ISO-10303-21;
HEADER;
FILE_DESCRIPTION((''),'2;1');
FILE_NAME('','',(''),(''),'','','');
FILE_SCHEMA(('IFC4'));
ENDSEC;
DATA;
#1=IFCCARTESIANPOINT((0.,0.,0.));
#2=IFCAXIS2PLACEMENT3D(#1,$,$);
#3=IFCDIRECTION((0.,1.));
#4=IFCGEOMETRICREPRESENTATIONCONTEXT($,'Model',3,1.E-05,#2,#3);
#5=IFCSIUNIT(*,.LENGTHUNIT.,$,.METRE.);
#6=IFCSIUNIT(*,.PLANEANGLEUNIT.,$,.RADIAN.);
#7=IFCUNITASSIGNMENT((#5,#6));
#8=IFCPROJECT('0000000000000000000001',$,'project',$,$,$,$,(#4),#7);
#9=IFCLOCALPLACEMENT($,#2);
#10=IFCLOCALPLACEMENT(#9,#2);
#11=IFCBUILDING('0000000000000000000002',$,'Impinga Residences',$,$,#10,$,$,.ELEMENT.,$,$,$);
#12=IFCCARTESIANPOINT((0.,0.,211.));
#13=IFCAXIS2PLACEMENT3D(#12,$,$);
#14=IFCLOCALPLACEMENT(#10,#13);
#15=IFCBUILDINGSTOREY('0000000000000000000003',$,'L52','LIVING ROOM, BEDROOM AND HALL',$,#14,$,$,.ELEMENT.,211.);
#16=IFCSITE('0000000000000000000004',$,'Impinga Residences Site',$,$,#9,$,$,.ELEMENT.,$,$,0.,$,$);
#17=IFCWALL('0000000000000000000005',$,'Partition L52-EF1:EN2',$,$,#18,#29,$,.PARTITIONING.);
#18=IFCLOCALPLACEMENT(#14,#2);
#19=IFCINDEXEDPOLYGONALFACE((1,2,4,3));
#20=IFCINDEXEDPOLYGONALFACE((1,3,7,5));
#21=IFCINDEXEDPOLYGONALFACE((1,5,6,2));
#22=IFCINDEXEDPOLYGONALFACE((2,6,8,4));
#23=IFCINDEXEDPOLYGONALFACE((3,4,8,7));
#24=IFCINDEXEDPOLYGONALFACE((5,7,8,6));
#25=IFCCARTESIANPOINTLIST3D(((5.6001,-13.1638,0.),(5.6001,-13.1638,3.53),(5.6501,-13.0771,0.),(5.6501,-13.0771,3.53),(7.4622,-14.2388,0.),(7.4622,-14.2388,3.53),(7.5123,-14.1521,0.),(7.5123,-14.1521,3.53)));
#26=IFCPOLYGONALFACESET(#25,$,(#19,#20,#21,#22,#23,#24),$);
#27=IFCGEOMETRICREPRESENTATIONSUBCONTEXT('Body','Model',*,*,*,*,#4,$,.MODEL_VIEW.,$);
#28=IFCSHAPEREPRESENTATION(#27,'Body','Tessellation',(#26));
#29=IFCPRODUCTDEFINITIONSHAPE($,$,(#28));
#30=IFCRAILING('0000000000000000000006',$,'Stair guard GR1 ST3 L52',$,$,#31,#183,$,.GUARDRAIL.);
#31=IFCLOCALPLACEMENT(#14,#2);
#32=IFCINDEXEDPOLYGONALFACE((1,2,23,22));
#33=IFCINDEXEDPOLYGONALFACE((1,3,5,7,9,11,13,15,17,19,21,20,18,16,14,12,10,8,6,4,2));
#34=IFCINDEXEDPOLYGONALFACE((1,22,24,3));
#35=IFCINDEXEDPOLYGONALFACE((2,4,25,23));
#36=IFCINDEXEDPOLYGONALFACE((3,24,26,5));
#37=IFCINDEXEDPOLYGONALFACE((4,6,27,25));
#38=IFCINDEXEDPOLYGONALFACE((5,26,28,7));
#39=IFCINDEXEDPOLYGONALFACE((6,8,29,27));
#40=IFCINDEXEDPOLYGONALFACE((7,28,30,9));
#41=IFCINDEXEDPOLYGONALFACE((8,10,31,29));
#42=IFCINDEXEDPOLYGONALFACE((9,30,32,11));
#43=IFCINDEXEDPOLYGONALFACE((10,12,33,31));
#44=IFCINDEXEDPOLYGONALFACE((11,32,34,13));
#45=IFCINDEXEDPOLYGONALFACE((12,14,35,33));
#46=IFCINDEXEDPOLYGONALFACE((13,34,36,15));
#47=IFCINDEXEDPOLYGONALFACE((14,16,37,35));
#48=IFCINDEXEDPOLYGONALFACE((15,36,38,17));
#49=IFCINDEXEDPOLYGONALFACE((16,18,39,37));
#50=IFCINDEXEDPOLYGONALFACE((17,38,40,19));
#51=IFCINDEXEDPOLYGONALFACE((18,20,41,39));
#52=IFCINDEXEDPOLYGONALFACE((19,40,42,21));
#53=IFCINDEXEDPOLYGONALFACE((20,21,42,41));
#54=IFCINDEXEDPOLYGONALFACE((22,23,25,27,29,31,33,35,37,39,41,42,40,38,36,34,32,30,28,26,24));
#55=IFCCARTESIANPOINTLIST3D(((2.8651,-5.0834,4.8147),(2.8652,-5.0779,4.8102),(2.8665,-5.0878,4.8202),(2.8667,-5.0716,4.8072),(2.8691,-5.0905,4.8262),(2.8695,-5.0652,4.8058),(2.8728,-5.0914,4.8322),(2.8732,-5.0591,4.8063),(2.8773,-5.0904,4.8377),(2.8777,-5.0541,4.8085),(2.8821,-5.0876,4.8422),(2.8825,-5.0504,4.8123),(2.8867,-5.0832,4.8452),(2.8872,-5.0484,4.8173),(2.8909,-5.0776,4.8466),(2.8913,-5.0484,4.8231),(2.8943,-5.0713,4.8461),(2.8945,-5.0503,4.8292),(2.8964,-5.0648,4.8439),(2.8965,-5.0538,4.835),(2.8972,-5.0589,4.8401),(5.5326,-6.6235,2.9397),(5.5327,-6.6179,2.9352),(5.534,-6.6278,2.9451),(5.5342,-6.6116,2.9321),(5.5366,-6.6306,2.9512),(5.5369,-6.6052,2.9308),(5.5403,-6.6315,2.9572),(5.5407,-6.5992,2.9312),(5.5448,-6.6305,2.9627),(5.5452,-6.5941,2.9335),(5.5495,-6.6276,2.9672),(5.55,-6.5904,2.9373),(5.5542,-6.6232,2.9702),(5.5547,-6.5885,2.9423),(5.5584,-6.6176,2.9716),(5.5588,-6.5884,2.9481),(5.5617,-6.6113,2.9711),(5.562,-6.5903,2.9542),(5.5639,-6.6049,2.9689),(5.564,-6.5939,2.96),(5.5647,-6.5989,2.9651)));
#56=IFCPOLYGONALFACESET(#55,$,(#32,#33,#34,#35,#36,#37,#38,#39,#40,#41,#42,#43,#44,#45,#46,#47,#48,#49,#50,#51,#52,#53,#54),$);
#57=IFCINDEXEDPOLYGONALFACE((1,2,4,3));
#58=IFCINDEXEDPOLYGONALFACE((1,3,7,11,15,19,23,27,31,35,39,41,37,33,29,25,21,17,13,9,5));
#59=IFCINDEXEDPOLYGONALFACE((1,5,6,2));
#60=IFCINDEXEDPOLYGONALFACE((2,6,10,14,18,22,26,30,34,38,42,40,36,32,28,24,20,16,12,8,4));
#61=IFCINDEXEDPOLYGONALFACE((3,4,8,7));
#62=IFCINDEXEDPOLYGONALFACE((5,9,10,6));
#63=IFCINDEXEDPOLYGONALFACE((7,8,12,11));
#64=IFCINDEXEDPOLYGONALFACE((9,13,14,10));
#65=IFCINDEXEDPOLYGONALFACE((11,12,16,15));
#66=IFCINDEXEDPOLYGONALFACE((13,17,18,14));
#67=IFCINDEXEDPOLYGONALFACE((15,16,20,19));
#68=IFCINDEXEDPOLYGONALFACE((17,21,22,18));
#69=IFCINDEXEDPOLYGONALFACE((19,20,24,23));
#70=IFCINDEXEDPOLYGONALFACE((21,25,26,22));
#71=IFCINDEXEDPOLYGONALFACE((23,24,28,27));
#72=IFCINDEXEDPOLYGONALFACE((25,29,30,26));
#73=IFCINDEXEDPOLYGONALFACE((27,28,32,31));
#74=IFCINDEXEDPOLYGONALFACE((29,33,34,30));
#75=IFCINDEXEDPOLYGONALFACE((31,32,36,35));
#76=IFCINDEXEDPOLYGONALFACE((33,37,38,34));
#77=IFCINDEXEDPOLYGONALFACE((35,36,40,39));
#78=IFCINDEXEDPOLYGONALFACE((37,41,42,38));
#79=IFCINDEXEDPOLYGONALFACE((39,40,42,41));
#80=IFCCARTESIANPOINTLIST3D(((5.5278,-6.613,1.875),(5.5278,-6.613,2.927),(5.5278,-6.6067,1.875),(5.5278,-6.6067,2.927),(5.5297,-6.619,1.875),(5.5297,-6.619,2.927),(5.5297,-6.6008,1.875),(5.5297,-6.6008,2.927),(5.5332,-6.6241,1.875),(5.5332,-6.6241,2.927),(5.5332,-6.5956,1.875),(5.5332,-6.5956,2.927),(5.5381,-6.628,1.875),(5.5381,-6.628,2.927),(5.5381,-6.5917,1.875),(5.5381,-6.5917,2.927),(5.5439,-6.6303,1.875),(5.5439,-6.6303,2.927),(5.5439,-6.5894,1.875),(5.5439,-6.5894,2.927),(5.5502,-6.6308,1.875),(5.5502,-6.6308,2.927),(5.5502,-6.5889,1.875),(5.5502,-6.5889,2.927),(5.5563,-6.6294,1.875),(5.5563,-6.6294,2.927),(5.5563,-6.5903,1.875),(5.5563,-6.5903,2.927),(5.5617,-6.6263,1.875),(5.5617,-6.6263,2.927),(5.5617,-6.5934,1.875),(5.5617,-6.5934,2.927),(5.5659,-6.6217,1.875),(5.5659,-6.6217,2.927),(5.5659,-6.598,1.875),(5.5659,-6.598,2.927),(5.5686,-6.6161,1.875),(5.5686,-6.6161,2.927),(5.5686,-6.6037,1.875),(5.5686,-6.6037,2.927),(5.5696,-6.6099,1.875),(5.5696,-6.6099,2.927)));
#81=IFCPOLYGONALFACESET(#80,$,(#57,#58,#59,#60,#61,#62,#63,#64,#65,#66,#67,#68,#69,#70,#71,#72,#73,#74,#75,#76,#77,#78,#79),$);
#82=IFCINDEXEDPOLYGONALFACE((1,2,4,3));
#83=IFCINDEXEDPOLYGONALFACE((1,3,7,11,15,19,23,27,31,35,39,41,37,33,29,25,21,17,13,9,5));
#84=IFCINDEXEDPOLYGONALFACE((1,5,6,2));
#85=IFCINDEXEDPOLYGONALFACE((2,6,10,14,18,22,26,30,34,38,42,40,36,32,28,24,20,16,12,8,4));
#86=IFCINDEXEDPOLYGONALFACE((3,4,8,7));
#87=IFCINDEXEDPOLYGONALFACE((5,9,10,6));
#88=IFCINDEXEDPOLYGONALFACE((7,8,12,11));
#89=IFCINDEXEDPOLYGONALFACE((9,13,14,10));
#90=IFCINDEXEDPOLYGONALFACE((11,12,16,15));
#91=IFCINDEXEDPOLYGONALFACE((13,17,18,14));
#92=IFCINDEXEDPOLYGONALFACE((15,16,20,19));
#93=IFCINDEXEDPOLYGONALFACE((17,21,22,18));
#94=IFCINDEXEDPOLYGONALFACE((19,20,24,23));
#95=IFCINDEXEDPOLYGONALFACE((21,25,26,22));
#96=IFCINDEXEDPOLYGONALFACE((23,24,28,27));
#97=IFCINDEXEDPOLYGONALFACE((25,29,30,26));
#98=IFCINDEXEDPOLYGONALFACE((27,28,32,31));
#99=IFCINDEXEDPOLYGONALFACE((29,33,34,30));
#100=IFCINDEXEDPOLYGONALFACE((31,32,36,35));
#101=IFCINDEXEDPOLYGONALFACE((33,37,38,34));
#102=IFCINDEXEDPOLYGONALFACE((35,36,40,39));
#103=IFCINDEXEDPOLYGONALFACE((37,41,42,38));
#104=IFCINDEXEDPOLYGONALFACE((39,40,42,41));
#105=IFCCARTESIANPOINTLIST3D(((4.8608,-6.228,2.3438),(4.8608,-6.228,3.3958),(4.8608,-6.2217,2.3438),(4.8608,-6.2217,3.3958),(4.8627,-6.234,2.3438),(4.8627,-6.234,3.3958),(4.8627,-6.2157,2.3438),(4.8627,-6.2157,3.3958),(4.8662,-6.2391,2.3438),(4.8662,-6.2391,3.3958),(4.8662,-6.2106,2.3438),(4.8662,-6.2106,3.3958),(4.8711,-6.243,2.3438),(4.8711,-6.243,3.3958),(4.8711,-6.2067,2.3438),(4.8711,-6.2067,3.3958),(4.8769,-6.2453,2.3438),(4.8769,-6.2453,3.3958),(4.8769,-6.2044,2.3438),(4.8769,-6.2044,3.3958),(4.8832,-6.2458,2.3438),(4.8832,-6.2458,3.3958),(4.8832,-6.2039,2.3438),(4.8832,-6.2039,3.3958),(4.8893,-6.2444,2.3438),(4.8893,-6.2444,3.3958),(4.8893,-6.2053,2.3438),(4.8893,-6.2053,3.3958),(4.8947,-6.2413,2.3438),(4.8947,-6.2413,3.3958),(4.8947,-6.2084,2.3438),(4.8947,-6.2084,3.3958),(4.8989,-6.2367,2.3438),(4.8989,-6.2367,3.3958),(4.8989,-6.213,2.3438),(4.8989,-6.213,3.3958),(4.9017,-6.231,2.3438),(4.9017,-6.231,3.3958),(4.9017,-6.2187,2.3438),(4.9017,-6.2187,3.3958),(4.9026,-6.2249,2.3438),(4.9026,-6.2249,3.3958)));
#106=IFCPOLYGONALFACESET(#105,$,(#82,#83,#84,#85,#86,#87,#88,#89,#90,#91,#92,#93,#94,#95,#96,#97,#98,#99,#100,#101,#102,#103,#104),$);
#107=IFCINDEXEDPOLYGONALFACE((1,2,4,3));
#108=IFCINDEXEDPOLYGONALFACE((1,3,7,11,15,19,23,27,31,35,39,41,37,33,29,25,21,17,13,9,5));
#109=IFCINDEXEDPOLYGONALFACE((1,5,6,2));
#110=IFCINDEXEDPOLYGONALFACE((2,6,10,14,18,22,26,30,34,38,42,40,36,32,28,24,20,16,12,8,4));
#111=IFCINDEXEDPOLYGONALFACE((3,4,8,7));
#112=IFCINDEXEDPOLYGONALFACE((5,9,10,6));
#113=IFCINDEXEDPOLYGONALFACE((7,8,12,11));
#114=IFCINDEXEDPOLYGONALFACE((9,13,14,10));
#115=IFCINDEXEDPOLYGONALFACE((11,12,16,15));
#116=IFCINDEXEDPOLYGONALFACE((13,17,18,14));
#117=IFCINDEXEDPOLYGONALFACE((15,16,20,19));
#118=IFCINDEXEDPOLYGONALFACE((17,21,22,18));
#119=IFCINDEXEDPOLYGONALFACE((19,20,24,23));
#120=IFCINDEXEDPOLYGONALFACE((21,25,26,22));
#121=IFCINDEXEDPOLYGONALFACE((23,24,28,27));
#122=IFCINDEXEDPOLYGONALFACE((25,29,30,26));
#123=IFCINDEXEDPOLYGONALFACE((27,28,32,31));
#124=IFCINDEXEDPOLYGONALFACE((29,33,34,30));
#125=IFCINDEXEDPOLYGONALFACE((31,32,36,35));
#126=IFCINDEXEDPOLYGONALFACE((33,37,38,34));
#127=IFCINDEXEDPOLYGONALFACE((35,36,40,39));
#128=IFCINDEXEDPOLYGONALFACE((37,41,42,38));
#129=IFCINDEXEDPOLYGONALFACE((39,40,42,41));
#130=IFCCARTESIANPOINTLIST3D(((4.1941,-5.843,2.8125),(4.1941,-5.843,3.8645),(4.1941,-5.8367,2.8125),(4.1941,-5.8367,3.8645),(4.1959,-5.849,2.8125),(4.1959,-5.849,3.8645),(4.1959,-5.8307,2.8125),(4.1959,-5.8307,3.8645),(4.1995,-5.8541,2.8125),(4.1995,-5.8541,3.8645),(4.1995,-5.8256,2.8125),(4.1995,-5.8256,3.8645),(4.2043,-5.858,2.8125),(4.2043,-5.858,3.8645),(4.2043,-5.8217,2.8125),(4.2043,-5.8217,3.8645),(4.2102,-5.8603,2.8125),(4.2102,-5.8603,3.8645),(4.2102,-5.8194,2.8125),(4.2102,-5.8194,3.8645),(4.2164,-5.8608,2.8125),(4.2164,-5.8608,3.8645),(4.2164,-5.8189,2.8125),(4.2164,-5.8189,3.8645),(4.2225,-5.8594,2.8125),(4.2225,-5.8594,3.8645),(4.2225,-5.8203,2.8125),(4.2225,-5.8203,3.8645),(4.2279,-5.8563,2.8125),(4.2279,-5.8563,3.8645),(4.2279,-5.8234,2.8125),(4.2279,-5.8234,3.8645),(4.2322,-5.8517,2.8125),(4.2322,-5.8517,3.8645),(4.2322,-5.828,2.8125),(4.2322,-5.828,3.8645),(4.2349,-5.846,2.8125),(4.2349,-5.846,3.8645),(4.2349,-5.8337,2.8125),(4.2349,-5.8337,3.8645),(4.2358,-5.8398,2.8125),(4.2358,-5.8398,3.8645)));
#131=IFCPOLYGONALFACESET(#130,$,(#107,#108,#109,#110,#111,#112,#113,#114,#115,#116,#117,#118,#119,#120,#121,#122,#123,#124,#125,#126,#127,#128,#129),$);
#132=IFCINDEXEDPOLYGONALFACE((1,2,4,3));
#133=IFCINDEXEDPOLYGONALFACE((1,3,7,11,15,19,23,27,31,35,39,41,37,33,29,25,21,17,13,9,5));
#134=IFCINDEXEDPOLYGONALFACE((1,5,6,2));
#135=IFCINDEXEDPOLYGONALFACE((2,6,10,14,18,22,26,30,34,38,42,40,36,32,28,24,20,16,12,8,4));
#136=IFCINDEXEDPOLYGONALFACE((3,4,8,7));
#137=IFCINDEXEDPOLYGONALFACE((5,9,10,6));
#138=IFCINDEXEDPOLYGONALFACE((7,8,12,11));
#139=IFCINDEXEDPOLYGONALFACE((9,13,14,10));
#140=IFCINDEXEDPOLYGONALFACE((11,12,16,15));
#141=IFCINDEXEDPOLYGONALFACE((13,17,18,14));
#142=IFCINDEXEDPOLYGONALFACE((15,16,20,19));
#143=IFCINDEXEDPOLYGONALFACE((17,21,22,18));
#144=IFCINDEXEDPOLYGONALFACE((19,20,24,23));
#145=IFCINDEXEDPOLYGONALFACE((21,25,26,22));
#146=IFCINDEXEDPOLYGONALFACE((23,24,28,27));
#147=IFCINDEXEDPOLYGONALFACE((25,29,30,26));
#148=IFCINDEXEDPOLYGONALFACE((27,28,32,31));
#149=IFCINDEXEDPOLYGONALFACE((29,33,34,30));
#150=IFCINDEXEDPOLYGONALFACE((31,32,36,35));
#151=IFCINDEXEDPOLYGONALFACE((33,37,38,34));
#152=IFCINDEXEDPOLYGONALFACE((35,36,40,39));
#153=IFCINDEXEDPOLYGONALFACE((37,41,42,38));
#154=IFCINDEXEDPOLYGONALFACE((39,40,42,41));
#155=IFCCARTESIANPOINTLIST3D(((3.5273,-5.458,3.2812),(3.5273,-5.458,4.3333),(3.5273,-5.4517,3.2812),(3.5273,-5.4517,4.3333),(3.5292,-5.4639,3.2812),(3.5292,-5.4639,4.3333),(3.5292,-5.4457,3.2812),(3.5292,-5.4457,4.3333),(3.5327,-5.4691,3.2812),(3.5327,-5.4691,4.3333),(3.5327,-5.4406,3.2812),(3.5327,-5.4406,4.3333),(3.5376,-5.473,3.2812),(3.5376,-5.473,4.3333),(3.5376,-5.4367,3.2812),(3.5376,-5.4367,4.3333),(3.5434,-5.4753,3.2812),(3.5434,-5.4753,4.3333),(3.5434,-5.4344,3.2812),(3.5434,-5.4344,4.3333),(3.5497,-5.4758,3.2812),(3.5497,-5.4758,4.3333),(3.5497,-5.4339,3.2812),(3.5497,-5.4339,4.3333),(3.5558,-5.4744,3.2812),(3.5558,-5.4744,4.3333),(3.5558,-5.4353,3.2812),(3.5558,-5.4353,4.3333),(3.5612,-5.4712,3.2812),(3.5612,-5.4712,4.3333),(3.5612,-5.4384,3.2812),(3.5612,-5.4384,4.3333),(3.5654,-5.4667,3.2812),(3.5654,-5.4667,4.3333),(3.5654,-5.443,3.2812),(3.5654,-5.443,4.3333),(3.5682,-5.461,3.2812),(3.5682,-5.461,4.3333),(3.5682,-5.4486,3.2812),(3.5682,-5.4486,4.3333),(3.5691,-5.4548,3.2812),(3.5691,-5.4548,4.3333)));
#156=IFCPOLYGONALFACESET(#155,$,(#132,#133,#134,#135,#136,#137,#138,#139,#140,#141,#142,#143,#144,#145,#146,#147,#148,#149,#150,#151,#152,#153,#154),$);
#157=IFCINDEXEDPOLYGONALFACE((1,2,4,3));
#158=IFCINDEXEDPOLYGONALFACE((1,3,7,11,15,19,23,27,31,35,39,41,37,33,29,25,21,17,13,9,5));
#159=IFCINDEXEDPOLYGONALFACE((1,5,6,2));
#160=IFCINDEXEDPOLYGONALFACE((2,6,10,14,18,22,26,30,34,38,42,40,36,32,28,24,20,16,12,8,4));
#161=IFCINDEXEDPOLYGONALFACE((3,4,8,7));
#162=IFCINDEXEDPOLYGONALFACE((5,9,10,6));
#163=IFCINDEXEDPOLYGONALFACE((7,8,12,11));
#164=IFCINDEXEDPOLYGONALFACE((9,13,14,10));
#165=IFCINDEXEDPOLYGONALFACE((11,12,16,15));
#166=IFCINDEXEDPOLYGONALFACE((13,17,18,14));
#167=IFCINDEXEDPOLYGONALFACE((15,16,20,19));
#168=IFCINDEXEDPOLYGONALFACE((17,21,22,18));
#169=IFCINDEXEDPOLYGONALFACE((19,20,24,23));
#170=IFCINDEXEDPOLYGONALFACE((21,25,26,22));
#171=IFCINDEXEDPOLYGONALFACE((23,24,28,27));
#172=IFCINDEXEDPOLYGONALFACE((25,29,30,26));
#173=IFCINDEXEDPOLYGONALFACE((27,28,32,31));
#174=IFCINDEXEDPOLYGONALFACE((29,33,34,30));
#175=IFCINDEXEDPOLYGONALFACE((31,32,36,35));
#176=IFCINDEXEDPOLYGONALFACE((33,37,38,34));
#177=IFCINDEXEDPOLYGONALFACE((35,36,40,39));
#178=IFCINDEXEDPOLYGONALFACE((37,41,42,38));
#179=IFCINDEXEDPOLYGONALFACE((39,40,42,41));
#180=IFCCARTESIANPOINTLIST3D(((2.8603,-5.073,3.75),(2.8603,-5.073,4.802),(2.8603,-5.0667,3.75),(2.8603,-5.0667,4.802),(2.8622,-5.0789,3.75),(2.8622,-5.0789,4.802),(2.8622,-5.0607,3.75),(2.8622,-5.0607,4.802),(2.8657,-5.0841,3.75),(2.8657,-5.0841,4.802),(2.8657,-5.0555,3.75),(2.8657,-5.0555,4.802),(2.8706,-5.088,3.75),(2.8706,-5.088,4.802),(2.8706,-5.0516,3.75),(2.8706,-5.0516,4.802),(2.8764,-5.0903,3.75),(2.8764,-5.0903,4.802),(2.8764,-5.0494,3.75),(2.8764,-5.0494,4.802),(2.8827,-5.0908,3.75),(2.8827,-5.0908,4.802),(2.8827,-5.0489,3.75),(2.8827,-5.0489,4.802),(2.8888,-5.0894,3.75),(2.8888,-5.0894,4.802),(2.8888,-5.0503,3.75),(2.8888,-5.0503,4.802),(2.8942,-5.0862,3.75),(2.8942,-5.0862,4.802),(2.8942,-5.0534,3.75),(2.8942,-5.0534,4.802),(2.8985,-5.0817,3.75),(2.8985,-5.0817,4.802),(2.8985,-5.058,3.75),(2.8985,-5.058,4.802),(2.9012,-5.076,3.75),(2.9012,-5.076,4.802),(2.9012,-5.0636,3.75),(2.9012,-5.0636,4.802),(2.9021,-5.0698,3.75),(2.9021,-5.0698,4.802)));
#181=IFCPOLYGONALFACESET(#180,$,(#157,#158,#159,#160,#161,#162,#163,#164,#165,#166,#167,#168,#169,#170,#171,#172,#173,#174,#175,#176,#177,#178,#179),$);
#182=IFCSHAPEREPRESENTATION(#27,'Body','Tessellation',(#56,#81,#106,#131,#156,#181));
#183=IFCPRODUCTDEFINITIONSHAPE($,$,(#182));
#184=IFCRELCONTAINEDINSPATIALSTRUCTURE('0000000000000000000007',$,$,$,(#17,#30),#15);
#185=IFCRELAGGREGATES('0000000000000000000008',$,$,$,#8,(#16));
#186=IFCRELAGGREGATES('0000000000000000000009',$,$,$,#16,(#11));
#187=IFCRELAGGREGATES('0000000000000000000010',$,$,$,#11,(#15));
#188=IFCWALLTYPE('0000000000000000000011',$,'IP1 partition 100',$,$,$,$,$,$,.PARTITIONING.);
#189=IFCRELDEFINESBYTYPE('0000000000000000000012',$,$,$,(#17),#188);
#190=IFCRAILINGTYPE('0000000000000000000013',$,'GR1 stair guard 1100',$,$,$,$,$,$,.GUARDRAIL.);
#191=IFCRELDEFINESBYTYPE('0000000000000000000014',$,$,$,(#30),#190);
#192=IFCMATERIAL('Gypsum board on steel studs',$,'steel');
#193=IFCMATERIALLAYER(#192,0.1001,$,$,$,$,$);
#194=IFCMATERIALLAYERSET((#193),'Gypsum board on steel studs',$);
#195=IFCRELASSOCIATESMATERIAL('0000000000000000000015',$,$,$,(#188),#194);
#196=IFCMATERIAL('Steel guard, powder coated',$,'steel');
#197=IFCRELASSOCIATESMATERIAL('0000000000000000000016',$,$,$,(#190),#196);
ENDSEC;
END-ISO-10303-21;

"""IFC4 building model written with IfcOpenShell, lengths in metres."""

from ifc_helpers import new_model, si_unit, direction, frame, frame_2d, origin, origin_2d, place, context, subcontext, project, spatial, rectangle, circle, extrude, material, layer, layer_set, type_object, element, save


model = new_model("IFC4")

# Units and contexts
model_context = context("Model", 3, precision=1e-05, world=origin(), true_north=direction((0.0, 1.0)))
body_context = subcontext(model_context, "Body", "Model", "MODEL_VIEW")
ifc_project = project(units=[si_unit("LENGTHUNIT", "METRE"), si_unit("PLANEANGLEUNIT", "RADIAN")], contexts=[model_context])

# Site, building, storey
site_placement = place(None, origin())
site = spatial("IfcSite", under=ifc_project, at=site_placement, Name="Impinga Residences Site", CompositionType="ELEMENT", RefElevation=0.0)
building_placement = place(site_placement, origin())
building = spatial("IfcBuilding", under=site, at=building_placement, Name="Impinga Residences", CompositionType="ELEMENT")
storey_placement = place(building_placement, frame((0.0, 0.0, 211.0)))
storey = spatial("IfcBuildingStorey", under=building, at=storey_placement, Name="L52", Description="LIVING ROOM, BEDROOM AND HALL", CompositionType="ELEMENT", Elevation=211.0)

# Shared definitions
ifc_material_1 = material(Name="Gypsum board on steel studs", Category="steel")
ifc_layer_1 = layer(ifc_material_1, 0.1001)
ifc_layer_set_1 = layer_set([ifc_layer_1], Name="Gypsum board on steel studs")
wall_type_1 = type_object("IfcWallType", Name="IP1 partition 100", PredefinedType="PARTITIONING", material=ifc_layer_set_1)

# Wall
wall_1_placement = place(storey_placement, frame((5.625, -13.1204, 0.0), z_axis=(0.0, 0.0, 1.0), x_axis=(0.866048, -0.499962, 0.0)))
element("IfcWall", 1, at=wall_1_placement, inside=storey, type_object=wall_type_1, Name="Partition L52-EF1:EN2", PredefinedType="PARTITIONING", context=body_context, shape_type="SweptSolid", body=[
    extrude(rectangle(XDim=2.1501, YDim=0.1001, at=frame_2d((1.0752, 0.0))), origin(), (0.0, 0.0, 1.0), 3.53),
])

# Railing
ifc_material_2 = material(Name="Steel guard, powder coated", Category="steel")
railing_type = type_object("IfcRailingType", Name="GR1 stair guard 1100", PredefinedType="GUARDRAIL", material=ifc_material_2)
railing_placement = place(storey_placement, frame((5.5486, -6.6099, 1.875)))
element("IfcRailing", 2, at=railing_placement, inside=storey, type_object=railing_type, Name="Stair guard GR1 ST3 L52", PredefinedType="GUARDRAIL", context=body_context, shape_type="SweptSolid", body=[
    extrude(circle(Radius=0.0239, at=origin_2d()), frame((0.0, 0.0, 1.0762), z_axis=(-0.739746, 0.427084, 0.519975), x_axis=(-0.499992, -0.86603, 0.0)), (0.0, 0.0, 1.0), 3.606),
    extrude(circle(Radius=0.021, at=origin_2d()), origin(), (0.0, 0.0, 1.0), 1.052),
    extrude(circle(Radius=0.021, at=origin_2d()), frame((-0.667, 0.385, 0.4688)), (0.0, 0.0, 1.0), 1.052),
    extrude(circle(Radius=0.021, at=origin_2d()), frame((-1.3337, 0.77, 0.9375)), (0.0, 0.0, 1.0), 1.052),
    extrude(circle(Radius=0.021, at=origin_2d()), frame((-2.0005, 1.155, 1.4062)), (0.0, 0.0, 1.0), 1.052),
    extrude(circle(Radius=0.021, at=origin_2d()), frame((-2.6675, 1.54, 1.875)), (0.0, 0.0, 1.0), 1.052),
])

save(model, "model.ifc")
